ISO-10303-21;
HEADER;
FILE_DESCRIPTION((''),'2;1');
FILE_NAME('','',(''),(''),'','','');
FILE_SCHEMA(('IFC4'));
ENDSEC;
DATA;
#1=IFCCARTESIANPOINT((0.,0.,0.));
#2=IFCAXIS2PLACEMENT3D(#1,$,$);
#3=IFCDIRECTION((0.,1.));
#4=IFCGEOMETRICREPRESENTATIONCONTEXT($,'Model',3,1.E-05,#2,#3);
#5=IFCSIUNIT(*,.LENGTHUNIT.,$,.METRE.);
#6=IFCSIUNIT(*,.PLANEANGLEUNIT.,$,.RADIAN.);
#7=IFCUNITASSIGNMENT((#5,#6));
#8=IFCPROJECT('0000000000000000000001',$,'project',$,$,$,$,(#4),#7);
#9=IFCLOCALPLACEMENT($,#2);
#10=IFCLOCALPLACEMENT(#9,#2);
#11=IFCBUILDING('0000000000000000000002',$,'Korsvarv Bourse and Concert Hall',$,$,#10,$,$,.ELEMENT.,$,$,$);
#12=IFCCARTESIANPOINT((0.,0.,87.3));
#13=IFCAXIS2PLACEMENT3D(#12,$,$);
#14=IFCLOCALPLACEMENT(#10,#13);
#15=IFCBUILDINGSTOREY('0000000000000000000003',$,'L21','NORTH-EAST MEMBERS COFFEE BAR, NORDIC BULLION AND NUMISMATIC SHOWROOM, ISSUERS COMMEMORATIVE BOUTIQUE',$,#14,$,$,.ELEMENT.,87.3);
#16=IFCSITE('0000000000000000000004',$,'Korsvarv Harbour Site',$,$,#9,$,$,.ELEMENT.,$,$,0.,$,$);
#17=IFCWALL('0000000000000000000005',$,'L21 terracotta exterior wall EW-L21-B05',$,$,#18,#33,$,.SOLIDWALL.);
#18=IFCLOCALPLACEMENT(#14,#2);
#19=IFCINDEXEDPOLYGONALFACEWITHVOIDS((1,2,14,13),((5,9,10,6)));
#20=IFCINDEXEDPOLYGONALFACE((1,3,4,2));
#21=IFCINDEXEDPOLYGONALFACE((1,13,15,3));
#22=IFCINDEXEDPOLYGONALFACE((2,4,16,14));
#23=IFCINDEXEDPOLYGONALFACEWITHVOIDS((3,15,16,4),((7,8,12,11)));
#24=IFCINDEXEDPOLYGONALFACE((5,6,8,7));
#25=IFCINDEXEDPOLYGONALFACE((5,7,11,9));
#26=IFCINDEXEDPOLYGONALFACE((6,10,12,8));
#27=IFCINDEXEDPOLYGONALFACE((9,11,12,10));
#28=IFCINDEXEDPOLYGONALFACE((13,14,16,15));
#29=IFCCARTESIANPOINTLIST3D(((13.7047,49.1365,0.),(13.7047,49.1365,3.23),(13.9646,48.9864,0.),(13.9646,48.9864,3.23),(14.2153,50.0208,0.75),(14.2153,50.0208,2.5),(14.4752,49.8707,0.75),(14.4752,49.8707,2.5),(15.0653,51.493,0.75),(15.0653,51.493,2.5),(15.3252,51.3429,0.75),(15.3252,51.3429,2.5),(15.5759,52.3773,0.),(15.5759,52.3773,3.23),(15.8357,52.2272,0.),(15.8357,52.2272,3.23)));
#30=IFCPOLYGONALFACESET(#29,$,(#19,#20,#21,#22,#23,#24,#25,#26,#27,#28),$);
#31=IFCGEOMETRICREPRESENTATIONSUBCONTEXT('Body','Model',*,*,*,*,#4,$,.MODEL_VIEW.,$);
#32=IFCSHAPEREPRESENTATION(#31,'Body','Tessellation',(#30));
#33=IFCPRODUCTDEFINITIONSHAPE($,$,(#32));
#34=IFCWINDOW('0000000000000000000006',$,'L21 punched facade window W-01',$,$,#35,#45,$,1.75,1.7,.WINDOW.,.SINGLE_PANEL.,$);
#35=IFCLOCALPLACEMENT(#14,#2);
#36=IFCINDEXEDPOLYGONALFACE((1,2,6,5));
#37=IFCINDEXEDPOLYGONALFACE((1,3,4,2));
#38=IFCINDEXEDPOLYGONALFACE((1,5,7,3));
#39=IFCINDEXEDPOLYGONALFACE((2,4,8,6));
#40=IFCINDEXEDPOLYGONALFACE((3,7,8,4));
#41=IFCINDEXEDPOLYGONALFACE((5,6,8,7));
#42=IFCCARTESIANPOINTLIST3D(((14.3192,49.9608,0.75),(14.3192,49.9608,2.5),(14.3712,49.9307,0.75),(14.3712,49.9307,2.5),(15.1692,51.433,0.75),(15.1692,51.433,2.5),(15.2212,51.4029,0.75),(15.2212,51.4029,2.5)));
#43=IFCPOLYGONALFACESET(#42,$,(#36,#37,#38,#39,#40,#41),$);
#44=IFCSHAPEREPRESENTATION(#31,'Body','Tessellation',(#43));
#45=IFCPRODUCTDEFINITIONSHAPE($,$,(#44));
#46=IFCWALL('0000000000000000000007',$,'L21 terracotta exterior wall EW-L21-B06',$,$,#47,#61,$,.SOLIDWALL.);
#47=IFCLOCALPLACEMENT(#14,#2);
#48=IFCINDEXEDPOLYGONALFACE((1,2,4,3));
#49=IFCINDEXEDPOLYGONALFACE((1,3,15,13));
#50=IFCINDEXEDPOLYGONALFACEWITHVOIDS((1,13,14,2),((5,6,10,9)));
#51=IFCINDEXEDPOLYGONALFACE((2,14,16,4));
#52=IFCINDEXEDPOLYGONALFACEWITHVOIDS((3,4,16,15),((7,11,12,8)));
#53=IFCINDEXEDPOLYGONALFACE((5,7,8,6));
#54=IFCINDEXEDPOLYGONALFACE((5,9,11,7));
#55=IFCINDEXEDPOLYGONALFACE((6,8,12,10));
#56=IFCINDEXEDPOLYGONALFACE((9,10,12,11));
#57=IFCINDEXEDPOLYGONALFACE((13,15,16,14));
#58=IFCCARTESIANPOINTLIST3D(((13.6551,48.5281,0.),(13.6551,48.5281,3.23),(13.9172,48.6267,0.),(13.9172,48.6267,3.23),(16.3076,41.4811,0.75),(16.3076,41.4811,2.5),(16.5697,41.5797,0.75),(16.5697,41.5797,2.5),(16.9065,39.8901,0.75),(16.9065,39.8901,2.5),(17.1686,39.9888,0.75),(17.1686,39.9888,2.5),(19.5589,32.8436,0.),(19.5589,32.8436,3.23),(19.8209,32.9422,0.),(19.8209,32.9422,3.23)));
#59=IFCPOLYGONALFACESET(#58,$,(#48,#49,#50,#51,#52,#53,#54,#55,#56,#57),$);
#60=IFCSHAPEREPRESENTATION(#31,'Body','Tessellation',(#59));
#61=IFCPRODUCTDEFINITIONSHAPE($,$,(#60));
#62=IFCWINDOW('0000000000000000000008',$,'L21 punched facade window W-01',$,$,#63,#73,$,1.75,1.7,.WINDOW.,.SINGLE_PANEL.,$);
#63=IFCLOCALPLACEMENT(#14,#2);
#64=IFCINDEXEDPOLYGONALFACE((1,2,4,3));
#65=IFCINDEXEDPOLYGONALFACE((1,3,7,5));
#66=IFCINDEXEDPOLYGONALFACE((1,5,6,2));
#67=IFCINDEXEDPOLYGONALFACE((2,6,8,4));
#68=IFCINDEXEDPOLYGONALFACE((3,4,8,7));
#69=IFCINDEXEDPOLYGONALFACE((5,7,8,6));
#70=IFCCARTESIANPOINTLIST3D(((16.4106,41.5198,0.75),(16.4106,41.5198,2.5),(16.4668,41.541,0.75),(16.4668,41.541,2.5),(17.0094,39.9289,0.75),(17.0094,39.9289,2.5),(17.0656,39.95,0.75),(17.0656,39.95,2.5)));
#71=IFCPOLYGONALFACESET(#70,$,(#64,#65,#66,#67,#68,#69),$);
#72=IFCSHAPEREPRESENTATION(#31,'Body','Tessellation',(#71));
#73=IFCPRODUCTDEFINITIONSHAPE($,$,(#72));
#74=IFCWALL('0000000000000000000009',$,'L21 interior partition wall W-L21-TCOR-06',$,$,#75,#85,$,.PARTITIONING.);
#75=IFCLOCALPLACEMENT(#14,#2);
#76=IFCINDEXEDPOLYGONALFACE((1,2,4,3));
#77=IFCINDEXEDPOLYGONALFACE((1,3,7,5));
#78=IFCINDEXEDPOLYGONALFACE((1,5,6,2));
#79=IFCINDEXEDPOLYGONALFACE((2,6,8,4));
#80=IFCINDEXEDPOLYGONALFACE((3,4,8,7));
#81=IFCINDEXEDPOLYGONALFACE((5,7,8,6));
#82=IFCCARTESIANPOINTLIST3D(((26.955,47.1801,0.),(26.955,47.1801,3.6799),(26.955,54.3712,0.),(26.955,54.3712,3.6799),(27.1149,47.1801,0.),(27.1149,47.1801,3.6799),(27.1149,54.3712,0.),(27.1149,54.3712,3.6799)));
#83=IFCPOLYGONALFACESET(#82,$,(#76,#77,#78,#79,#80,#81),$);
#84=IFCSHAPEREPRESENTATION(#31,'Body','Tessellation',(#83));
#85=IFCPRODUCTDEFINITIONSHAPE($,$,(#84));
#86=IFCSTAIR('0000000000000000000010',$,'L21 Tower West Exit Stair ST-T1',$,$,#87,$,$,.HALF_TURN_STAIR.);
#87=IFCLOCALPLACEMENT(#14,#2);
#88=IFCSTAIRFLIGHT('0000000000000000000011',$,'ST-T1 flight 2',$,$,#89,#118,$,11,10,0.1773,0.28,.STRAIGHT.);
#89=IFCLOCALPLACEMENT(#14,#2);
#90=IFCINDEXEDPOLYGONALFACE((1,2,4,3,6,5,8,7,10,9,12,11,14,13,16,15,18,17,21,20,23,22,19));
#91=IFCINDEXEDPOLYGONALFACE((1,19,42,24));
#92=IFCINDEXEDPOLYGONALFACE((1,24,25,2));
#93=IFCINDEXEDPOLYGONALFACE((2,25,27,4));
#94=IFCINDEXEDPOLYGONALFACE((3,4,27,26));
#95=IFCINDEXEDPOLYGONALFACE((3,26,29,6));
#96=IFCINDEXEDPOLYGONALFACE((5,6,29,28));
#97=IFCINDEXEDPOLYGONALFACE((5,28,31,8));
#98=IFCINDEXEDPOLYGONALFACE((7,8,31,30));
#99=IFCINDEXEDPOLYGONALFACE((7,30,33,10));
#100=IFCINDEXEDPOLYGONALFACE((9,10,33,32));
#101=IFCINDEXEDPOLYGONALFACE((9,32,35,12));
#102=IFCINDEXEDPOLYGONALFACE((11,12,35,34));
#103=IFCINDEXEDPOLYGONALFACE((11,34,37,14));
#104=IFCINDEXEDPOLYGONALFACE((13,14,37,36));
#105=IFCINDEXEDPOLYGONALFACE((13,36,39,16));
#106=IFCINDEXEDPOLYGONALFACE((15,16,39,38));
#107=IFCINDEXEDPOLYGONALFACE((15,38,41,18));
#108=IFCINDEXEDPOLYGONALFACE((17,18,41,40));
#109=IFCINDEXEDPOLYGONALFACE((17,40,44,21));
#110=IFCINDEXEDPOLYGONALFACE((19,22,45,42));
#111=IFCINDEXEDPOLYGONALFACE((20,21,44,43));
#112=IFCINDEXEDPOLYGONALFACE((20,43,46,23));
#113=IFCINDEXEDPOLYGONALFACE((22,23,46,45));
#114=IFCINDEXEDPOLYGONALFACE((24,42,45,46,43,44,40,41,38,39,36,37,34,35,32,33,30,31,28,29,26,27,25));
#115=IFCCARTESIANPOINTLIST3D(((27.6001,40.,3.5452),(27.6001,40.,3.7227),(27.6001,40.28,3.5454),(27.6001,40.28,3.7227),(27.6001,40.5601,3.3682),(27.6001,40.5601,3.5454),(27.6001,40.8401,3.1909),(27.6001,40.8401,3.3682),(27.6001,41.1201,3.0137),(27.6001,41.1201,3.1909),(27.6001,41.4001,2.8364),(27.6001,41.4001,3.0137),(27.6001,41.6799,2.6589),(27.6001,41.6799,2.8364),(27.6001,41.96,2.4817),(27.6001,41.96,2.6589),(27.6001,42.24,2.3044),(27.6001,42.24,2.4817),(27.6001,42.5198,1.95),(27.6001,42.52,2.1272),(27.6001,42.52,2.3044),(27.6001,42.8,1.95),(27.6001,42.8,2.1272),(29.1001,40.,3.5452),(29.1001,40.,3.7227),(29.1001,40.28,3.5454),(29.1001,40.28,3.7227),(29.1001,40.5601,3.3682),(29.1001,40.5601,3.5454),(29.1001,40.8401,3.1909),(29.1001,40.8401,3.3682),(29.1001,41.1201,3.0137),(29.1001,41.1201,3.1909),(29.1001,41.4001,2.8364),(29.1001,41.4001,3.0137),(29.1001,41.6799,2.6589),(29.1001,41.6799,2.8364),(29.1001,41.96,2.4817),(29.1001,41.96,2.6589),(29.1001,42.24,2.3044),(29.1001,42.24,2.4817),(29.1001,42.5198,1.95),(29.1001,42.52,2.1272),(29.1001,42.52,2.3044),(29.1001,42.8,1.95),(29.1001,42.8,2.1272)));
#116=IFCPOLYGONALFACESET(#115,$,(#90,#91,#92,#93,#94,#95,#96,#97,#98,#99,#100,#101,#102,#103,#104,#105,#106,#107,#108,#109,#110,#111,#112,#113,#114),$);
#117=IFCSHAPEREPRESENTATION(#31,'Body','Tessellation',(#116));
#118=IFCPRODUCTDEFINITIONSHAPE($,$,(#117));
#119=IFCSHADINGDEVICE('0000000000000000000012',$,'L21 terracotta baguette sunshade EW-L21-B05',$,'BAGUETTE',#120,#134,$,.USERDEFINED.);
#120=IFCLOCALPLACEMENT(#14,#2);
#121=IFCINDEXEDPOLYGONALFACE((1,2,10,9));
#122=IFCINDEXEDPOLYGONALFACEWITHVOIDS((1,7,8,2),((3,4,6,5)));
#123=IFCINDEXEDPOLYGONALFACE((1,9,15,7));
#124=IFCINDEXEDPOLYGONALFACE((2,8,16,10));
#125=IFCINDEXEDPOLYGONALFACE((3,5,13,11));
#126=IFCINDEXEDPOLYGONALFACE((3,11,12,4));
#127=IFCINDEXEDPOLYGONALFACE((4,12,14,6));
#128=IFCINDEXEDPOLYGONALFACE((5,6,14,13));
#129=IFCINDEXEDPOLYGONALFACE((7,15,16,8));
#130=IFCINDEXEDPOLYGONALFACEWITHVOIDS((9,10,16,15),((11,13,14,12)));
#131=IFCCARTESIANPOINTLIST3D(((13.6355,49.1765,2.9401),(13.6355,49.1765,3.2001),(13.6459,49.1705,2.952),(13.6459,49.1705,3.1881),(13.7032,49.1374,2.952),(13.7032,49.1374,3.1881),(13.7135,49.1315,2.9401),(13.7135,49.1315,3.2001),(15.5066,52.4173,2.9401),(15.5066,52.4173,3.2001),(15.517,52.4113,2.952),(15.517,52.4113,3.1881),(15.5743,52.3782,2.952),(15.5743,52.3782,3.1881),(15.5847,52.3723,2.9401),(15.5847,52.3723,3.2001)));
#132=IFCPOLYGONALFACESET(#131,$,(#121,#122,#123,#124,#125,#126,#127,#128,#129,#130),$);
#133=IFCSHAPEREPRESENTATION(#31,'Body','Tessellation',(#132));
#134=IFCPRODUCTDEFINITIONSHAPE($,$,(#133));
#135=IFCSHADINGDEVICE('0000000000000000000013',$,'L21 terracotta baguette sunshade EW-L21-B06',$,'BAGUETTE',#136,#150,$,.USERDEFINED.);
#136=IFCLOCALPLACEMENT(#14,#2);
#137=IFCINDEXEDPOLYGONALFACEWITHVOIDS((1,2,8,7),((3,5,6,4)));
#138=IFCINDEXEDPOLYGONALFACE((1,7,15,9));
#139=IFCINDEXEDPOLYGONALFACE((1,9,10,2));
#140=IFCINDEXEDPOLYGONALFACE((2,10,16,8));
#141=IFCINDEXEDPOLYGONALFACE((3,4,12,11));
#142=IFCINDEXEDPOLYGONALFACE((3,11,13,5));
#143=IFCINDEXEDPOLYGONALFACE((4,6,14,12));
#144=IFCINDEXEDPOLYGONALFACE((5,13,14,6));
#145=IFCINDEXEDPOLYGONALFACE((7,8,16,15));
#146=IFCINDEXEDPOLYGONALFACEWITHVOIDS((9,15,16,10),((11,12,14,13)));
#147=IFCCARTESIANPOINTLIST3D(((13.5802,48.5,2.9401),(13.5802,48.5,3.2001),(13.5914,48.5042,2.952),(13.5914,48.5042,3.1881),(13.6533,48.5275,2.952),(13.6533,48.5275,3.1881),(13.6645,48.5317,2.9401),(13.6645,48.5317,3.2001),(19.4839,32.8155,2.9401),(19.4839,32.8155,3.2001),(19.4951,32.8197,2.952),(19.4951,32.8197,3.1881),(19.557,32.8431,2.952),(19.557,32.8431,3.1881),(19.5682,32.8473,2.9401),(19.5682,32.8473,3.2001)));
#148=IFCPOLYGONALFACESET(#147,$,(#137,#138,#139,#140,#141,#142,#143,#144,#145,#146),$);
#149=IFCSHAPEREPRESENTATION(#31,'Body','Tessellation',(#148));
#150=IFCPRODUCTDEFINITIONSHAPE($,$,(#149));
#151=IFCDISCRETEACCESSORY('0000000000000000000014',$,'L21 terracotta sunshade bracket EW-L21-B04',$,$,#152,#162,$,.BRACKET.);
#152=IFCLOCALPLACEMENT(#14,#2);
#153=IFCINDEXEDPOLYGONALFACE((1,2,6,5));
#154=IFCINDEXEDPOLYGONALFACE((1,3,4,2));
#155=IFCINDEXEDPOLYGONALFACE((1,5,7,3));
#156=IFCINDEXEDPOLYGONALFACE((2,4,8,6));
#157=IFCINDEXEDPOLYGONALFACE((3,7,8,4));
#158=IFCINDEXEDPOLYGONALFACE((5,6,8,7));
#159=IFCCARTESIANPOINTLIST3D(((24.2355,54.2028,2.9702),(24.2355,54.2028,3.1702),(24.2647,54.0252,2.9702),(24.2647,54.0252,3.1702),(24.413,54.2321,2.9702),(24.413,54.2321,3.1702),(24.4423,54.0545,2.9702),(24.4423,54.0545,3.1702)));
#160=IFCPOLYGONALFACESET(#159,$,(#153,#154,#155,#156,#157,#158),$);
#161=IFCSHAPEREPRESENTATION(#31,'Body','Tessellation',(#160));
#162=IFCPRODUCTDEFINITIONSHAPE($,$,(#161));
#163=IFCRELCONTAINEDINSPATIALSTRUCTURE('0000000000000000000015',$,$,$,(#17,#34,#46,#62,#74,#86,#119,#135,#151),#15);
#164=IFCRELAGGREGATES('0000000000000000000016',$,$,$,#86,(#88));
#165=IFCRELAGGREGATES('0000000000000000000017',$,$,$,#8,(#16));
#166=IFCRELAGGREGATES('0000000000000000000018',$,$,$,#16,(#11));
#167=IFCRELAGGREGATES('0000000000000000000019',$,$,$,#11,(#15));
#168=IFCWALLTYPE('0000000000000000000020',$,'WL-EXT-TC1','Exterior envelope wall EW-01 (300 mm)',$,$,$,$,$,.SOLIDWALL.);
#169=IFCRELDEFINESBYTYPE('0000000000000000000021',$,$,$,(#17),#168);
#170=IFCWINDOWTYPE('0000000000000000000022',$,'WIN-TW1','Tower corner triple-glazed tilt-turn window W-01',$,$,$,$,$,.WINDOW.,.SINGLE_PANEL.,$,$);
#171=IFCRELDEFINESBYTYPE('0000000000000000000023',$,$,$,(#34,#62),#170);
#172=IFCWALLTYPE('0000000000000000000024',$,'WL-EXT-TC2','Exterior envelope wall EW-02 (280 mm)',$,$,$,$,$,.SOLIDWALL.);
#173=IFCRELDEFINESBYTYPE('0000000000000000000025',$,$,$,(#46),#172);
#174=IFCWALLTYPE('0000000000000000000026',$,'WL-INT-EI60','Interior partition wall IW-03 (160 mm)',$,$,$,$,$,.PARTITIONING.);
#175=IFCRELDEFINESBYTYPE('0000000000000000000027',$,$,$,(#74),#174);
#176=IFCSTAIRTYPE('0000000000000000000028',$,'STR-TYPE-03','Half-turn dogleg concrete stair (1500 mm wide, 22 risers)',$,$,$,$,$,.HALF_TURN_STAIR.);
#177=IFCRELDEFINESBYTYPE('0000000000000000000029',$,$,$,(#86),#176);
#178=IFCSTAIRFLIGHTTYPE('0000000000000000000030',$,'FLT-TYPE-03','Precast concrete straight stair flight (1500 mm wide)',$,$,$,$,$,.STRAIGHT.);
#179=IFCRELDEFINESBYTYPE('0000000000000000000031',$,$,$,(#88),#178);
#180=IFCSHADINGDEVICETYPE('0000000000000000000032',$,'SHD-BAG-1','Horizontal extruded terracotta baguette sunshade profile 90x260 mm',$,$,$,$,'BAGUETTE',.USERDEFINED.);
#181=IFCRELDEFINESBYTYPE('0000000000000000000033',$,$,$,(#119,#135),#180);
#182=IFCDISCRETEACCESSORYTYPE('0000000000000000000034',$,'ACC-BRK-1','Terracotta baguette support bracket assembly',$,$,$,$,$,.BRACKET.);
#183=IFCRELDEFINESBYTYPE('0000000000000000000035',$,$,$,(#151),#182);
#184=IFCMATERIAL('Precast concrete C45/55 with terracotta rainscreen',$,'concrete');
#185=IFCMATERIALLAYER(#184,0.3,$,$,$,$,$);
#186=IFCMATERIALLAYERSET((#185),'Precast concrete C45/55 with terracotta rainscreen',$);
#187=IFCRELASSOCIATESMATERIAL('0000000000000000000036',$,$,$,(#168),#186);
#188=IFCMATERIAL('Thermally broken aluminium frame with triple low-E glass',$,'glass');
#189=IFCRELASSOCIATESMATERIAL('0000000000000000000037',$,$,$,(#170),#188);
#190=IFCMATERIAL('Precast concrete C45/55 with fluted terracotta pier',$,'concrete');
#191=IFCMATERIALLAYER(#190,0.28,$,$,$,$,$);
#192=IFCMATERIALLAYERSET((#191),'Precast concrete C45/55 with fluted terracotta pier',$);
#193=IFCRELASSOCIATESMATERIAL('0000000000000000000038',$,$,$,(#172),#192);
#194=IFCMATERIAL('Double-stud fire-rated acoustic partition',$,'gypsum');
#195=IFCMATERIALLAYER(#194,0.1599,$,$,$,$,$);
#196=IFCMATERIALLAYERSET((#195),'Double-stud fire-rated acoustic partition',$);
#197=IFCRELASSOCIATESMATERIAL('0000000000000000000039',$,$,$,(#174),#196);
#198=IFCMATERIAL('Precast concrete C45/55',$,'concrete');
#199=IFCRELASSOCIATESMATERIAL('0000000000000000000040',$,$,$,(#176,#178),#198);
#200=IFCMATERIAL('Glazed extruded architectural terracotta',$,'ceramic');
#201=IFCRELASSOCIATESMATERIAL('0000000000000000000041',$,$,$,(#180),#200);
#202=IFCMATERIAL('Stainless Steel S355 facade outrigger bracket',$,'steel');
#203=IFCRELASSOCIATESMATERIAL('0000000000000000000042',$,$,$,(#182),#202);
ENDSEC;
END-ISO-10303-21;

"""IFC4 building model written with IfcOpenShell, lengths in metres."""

from ifc_helpers import new_model, si_unit, direction, frame, frame_2d, origin, origin_2d, place, context, subcontext, project, spatial, polyline, rectangle, hollow_rectangle, outline, extrude, source, transform, mapped, material, layer, layer_set, material_profile, profile_set, type_object, element, fill, aggregate, save


model = new_model("IFC4")

# Units and contexts
model_context = context("Model", 3, precision=1e-05, world=origin(), true_north=direction((0.0, 1.0)))
body_context = subcontext(model_context, "Body", "Model", "MODEL_VIEW")
ifc_project = project(units=[si_unit("LENGTHUNIT", "METRE"), si_unit("PLANEANGLEUNIT", "RADIAN")], contexts=[model_context])

# Site, building, storey
site_placement = place(None, origin())
site = spatial("IfcSite", under=ifc_project, at=site_placement, Name="Korsvarv Harbour Site", CompositionType="ELEMENT", RefElevation=0.0)
building_placement = place(site_placement, origin())
building = spatial("IfcBuilding", under=site, at=building_placement, Name="Korsvarv Bourse and Concert Hall", CompositionType="ELEMENT")
storey_placement = place(building_placement, frame((0.0, 0.0, 87.3)))
storey = spatial("IfcBuildingStorey", under=building, at=storey_placement, Name="L21", Description="NORTH-EAST MEMBERS COFFEE BAR, NORDIC BULLION AND NUMISMATIC SHOWROOM, ISSUERS COMMEMORATIVE BOUTIQUE", CompositionType="ELEMENT", Elevation=87.3)

# Walls, openings, windows
ifc_material_1 = material(Name="Precast concrete C45/55 with terracotta rainscreen", Category="concrete")
ifc_layer_1 = layer(ifc_material_1, 0.3)
ifc_layer_set_1 = layer_set([ifc_layer_1], Name="Precast concrete C45/55 with terracotta rainscreen")
wall_type_1 = type_object("IfcWallType", Name="WL-EXT-TC1", Description="Exterior envelope wall EW-01 (300 mm)", PredefinedType="SOLIDWALL", material=ifc_layer_set_1)
wall_1_placement = place(storey_placement, frame((15.7058, 52.3022, 0.0), z_axis=(0.0, 0.0, 1.0), x_axis=(-0.500012, -0.866018, 0.0)))
wall_1 = element("IfcWall", 1, at=wall_1_placement, inside=storey, type_object=wall_type_1, Name="L21 terracotta exterior wall EW-L21-B05", PredefinedType="SOLIDWALL", context=body_context, shape_type="SweptSolid", body=[
    extrude(rectangle(XDim=3.7422, YDim=0.3, at=frame_2d((1.8711, 0.0))), origin(), (0.0, 0.0, 1.0), 3.23),
])
opening_1_placement = place(wall_1_placement, frame((1.021, 0.0, 0.75)))
opening_1 = element("IfcOpeningElement", 2, at=opening_1_placement, cuts=wall_1, PredefinedType="OPENING", context=body_context, shape_type="SweptSolid", body=[
    extrude(rectangle(XDim=1.7, YDim=1.75, at=frame_2d((0.8501, 0.875))), frame((0.0, 0.1602, 0.0), z_axis=(0.0, -1.0, 0.0), x_axis=(1.0, 0.0, 0.0)), (0.0, 0.0, 1.0), 0.3201),
])
ifc_material_2 = material(Name="Thermally broken aluminium frame with triple low-E glass", Category="glass")
window_type = type_object("IfcWindowType", Name="WIN-TW1", Description="Tower corner triple-glazed tilt-turn window W-01", PartitioningType="SINGLE_PANEL", PredefinedType="WINDOW", material=ifc_material_2)
window_1_placement = place(opening_1_placement, origin())
window_1 = element("IfcWindow", 3, at=window_1_placement, inside=storey, type_object=window_type, Name="L21 punched facade window W-01", OverallHeight=1.75, OverallWidth=1.7, PartitioningType="SINGLE_PANEL", PredefinedType="WINDOW", context=body_context, shape_type="SweptSolid", body=[
    extrude(rectangle(XDim=1.7, YDim=1.75, at=frame_2d((0.8501, 0.875))), frame((0.0, 0.03, 0.0), z_axis=(0.0, -1.0, 0.0), x_axis=(1.0, 0.0, 0.0)), (0.0, 0.0, 1.0), 0.0601),
])
fill(opening_1, window_1)
ifc_material_3 = material(Name="Precast concrete C45/55 with fluted terracotta pier", Category="concrete")
ifc_layer_2 = layer(ifc_material_3, 0.28)
ifc_layer_set_2 = layer_set([ifc_layer_2], Name="Precast concrete C45/55 with fluted terracotta pier")
wall_type_2 = type_object("IfcWallType", Name="WL-EXT-TC2", Description="Exterior envelope wall EW-02 (280 mm)", PredefinedType="SOLIDWALL", material=ifc_layer_set_2)
wall_2_placement = place(storey_placement, frame((13.7861, 48.5774, 0.0), z_axis=(0.0, 0.0, 1.0), x_axis=(0.352279, -0.935895, 0.0)))
wall_2 = element("IfcWall", 4, at=wall_2_placement, inside=storey, type_object=wall_type_2, Name="L21 terracotta exterior wall EW-L21-B06", PredefinedType="SOLIDWALL", context=body_context, shape_type="SweptSolid", body=[
    extrude(rectangle(XDim=16.7588, YDim=0.28, at=frame_2d((8.3794, 0.0))), origin(), (0.0, 0.0, 1.0), 3.23),
])
opening_2_placement = place(wall_2_placement, frame((7.5295, 0.0, 0.75)))
opening_2 = element("IfcOpeningElement", 5, at=opening_2_placement, cuts=wall_2, PredefinedType="OPENING", context=body_context, shape_type="SweptSolid", body=[
    extrude(rectangle(XDim=1.7, YDim=1.75, at=frame_2d((0.8501, 0.875))), frame((0.0, 0.1499, 0.0), z_axis=(0.0, -1.0, 0.0), x_axis=(1.0, 0.0, 0.0)), (0.0, 0.0, 1.0), 0.3),
])
window_2_placement = place(opening_2_placement, origin())
window_2 = element("IfcWindow", 6, at=window_2_placement, inside=storey, type_object=window_type, Name="L21 punched facade window W-01", OverallHeight=1.75, OverallWidth=1.7, PartitioningType="SINGLE_PANEL", PredefinedType="WINDOW", context=body_context, shape_type="SweptSolid", body=[
    extrude(rectangle(XDim=1.7, YDim=1.75, at=frame_2d((0.8501, 0.875))), frame((0.0, 0.03, 0.0), z_axis=(0.0, -1.0, 0.0), x_axis=(1.0, 0.0, 0.0)), (0.0, 0.0, 1.0), 0.0601),
])
fill(opening_2, window_2)

# Wall
ifc_material_4 = material(Name="Double-stud fire-rated acoustic partition", Category="gypsum")
ifc_layer_3 = layer(ifc_material_4, 0.1599)
ifc_layer_set_3 = layer_set([ifc_layer_3], Name="Double-stud fire-rated acoustic partition")
wall_type_3 = type_object("IfcWallType", Name="WL-INT-EI60", Description="Interior partition wall IW-03 (160 mm)", PredefinedType="PARTITIONING", material=ifc_layer_set_3)
wall_3_placement = place(storey_placement, frame((27.0349, 47.1799, 0.0), z_axis=(0.0, 0.0, 1.0), x_axis=(0.0, 1.0, 0.0)))
element("IfcWall", 7, at=wall_3_placement, inside=storey, type_object=wall_type_3, Name="L21 interior partition wall W-L21-TCOR-06", PredefinedType="PARTITIONING", context=body_context, shape_type="SweptSolid", body=[
    extrude(rectangle(XDim=7.1912, YDim=0.1599, at=frame_2d((3.5957, 0.0))), origin(), (0.0, 0.0, 1.0), 3.6799),
])

# Stair, stair flight
ifc_material_5 = material(Name="Precast concrete C45/55", Category="concrete")
stair_type = type_object("IfcStairType", Name="STR-TYPE-03", Description="Half-turn dogleg concrete stair (1500 mm wide, 22 risers)", PredefinedType="HALF_TURN_STAIR", material=ifc_material_5)
stair_placement = place(storey_placement, origin())
stair = element("IfcStair", 8, at=stair_placement, inside=storey, type_object=stair_type, Name="L21 Tower West Exit Stair ST-T1", PredefinedType="HALF_TURN_STAIR")
stair_flight_type = type_object("IfcStairFlightType", Name="FLT-TYPE-03", Description="Precast concrete straight stair flight (1500 mm wide)", PredefinedType="STRAIGHT", material=ifc_material_5)
stair_flight_placement = place(storey_placement, frame((28.3501, 42.8, 1.95), z_axis=(0.0, 0.0, 1.0), x_axis=(0.0, -1.0, 0.0)))
stair_flight = element("IfcStairFlight", 9, at=stair_flight_placement, type_object=stair_flight_type, Name="ST-T1 flight 2", NumberOfRisers=11, NumberOfTreads=10, PredefinedType="STRAIGHT", RiserHeight=0.1773, TreadLength=0.28, context=body_context, shape_type="SweptSolid", body=[
    extrude(outline(polyline([(0.0, 0.0), (0.0, 0.1772), (0.28, 0.1772), (0.28, 0.3545), (0.5601, 0.3545), (0.5601, 0.5317), (0.8401, 0.5317), (0.8401, 0.709), (1.1201, 0.709), (1.1201, 0.8865), (1.3999, 0.8865), (1.3999, 1.0637), (1.6799, 1.0637), (1.6799, 1.241), (1.96, 1.241), (1.96, 1.4182), (2.24, 1.4182), (2.24, 1.5955), (2.52, 1.5955), (2.52, 1.7727), (2.8, 1.7727), (2.8, 1.95), (2.8, 1.5952), (0.2803, 0.0), (0.0, 0.0)])), frame((0.0, 0.75, 0.0), z_axis=(0.0, -1.0, 0.0), x_axis=(1.0, 0.0, 0.0)), (0.0, 0.0, 1.0), 1.5),
])
aggregate(stair, [stair_flight])

# Shading devices
ifc_material_6 = material(Name="Glazed extruded architectural terracotta", Category="ceramic")
ifc_material_profile_1 = material_profile(ifc_material_6, hollow_rectangle(XDim=0.0901, YDim=0.26, WallThickness=0.012, at=origin_2d()), Name="TC-BAG 90x260")
ifc_profile_set_1 = profile_set([ifc_material_profile_1], Name="Glazed extruded architectural terracotta")
shading_device_type = type_object("IfcShadingDeviceType", Name="SHD-BAG-1", Description="Horizontal extruded terracotta baguette sunshade profile 90x260 mm", ElementType="BAGUETTE", PredefinedType="USERDEFINED", material=ifc_profile_set_1)
shared_shape_1 = source(origin(), body_context, "Body", "SweptSolid", [
    extrude(hollow_rectangle(XDim=0.0901, YDim=0.26, WallThickness=0.012, at=origin_2d()), origin(), (0.0, 0.0, 1.0), 3.7422),
])
shading_device_1_placement = place(storey_placement, frame((15.5457, 52.3948, 3.0701), z_axis=(-0.500012, -0.866018, 0.0), x_axis=(0.866018, -0.500012, 0.0)))
element("IfcShadingDevice", 10, at=shading_device_1_placement, inside=storey, type_object=shading_device_type, Name="L21 terracotta baguette sunshade EW-L21-B05", ObjectType="BAGUETTE", PredefinedType="USERDEFINED", context=body_context, shape_type="MappedRepresentation", body=[
    mapped(shared_shape_1, transform((0.0, 0.0, 0.0), scale=1.0)),
])
shared_shape_2 = source(origin(), body_context, "Body", "SweptSolid", [
    extrude(hollow_rectangle(XDim=0.0901, YDim=0.26, WallThickness=0.012, at=origin_2d()), origin(), (0.0, 0.0, 1.0), 16.7588),
])
shading_device_2_placement = place(storey_placement, frame((13.6223, 48.5159, 3.0701), z_axis=(0.352279, -0.935895, 0.0), x_axis=(0.935895, 0.352279, 0.0)))
element("IfcShadingDevice", 11, at=shading_device_2_placement, inside=storey, type_object=shading_device_type, Name="L21 terracotta baguette sunshade EW-L21-B06", ObjectType="BAGUETTE", PredefinedType="USERDEFINED", context=body_context, shape_type="MappedRepresentation", body=[
    mapped(shared_shape_2, transform((0.0, 0.0, 0.0), scale=1.0)),
])

# Discrete accessory
ifc_material_7 = material(Name="Stainless Steel S355 facade outrigger bracket", Category="steel")
discrete_accessory_type = type_object("IfcDiscreteAccessoryType", Name="ACC-BRK-1", Description="Terracotta baguette support bracket assembly", PredefinedType="BRACKET", material=ifc_material_7)
shared_shape_3 = source(origin(), body_context, "Body", "SweptSolid", [
    extrude(rectangle(XDim=0.1799, YDim=0.1799, at=origin_2d()), origin(), (0.0, 0.0, 1.0), 0.2),
])
for number, where, z_axis, x_axis, name in (
    (12, (24.3389, 54.1287, 2.9702), (0.0, 0.0, 1.0), (-0.986658, -0.162809, 0.0), "L21 terracotta sunshade bracket EW-L21-B04"),
):
    element("IfcDiscreteAccessory", number, at=place(storey_placement, frame(where, z_axis=z_axis, x_axis=x_axis)), inside=storey, type_object=discrete_accessory_type, Name=name, PredefinedType="BRACKET", context=body_context, shape_type="MappedRepresentation", body=[
        mapped(shared_shape_3, transform((0.0, 0.0, 0.0), scale=1.0)),
    ])

save(model, "model.ifc")
